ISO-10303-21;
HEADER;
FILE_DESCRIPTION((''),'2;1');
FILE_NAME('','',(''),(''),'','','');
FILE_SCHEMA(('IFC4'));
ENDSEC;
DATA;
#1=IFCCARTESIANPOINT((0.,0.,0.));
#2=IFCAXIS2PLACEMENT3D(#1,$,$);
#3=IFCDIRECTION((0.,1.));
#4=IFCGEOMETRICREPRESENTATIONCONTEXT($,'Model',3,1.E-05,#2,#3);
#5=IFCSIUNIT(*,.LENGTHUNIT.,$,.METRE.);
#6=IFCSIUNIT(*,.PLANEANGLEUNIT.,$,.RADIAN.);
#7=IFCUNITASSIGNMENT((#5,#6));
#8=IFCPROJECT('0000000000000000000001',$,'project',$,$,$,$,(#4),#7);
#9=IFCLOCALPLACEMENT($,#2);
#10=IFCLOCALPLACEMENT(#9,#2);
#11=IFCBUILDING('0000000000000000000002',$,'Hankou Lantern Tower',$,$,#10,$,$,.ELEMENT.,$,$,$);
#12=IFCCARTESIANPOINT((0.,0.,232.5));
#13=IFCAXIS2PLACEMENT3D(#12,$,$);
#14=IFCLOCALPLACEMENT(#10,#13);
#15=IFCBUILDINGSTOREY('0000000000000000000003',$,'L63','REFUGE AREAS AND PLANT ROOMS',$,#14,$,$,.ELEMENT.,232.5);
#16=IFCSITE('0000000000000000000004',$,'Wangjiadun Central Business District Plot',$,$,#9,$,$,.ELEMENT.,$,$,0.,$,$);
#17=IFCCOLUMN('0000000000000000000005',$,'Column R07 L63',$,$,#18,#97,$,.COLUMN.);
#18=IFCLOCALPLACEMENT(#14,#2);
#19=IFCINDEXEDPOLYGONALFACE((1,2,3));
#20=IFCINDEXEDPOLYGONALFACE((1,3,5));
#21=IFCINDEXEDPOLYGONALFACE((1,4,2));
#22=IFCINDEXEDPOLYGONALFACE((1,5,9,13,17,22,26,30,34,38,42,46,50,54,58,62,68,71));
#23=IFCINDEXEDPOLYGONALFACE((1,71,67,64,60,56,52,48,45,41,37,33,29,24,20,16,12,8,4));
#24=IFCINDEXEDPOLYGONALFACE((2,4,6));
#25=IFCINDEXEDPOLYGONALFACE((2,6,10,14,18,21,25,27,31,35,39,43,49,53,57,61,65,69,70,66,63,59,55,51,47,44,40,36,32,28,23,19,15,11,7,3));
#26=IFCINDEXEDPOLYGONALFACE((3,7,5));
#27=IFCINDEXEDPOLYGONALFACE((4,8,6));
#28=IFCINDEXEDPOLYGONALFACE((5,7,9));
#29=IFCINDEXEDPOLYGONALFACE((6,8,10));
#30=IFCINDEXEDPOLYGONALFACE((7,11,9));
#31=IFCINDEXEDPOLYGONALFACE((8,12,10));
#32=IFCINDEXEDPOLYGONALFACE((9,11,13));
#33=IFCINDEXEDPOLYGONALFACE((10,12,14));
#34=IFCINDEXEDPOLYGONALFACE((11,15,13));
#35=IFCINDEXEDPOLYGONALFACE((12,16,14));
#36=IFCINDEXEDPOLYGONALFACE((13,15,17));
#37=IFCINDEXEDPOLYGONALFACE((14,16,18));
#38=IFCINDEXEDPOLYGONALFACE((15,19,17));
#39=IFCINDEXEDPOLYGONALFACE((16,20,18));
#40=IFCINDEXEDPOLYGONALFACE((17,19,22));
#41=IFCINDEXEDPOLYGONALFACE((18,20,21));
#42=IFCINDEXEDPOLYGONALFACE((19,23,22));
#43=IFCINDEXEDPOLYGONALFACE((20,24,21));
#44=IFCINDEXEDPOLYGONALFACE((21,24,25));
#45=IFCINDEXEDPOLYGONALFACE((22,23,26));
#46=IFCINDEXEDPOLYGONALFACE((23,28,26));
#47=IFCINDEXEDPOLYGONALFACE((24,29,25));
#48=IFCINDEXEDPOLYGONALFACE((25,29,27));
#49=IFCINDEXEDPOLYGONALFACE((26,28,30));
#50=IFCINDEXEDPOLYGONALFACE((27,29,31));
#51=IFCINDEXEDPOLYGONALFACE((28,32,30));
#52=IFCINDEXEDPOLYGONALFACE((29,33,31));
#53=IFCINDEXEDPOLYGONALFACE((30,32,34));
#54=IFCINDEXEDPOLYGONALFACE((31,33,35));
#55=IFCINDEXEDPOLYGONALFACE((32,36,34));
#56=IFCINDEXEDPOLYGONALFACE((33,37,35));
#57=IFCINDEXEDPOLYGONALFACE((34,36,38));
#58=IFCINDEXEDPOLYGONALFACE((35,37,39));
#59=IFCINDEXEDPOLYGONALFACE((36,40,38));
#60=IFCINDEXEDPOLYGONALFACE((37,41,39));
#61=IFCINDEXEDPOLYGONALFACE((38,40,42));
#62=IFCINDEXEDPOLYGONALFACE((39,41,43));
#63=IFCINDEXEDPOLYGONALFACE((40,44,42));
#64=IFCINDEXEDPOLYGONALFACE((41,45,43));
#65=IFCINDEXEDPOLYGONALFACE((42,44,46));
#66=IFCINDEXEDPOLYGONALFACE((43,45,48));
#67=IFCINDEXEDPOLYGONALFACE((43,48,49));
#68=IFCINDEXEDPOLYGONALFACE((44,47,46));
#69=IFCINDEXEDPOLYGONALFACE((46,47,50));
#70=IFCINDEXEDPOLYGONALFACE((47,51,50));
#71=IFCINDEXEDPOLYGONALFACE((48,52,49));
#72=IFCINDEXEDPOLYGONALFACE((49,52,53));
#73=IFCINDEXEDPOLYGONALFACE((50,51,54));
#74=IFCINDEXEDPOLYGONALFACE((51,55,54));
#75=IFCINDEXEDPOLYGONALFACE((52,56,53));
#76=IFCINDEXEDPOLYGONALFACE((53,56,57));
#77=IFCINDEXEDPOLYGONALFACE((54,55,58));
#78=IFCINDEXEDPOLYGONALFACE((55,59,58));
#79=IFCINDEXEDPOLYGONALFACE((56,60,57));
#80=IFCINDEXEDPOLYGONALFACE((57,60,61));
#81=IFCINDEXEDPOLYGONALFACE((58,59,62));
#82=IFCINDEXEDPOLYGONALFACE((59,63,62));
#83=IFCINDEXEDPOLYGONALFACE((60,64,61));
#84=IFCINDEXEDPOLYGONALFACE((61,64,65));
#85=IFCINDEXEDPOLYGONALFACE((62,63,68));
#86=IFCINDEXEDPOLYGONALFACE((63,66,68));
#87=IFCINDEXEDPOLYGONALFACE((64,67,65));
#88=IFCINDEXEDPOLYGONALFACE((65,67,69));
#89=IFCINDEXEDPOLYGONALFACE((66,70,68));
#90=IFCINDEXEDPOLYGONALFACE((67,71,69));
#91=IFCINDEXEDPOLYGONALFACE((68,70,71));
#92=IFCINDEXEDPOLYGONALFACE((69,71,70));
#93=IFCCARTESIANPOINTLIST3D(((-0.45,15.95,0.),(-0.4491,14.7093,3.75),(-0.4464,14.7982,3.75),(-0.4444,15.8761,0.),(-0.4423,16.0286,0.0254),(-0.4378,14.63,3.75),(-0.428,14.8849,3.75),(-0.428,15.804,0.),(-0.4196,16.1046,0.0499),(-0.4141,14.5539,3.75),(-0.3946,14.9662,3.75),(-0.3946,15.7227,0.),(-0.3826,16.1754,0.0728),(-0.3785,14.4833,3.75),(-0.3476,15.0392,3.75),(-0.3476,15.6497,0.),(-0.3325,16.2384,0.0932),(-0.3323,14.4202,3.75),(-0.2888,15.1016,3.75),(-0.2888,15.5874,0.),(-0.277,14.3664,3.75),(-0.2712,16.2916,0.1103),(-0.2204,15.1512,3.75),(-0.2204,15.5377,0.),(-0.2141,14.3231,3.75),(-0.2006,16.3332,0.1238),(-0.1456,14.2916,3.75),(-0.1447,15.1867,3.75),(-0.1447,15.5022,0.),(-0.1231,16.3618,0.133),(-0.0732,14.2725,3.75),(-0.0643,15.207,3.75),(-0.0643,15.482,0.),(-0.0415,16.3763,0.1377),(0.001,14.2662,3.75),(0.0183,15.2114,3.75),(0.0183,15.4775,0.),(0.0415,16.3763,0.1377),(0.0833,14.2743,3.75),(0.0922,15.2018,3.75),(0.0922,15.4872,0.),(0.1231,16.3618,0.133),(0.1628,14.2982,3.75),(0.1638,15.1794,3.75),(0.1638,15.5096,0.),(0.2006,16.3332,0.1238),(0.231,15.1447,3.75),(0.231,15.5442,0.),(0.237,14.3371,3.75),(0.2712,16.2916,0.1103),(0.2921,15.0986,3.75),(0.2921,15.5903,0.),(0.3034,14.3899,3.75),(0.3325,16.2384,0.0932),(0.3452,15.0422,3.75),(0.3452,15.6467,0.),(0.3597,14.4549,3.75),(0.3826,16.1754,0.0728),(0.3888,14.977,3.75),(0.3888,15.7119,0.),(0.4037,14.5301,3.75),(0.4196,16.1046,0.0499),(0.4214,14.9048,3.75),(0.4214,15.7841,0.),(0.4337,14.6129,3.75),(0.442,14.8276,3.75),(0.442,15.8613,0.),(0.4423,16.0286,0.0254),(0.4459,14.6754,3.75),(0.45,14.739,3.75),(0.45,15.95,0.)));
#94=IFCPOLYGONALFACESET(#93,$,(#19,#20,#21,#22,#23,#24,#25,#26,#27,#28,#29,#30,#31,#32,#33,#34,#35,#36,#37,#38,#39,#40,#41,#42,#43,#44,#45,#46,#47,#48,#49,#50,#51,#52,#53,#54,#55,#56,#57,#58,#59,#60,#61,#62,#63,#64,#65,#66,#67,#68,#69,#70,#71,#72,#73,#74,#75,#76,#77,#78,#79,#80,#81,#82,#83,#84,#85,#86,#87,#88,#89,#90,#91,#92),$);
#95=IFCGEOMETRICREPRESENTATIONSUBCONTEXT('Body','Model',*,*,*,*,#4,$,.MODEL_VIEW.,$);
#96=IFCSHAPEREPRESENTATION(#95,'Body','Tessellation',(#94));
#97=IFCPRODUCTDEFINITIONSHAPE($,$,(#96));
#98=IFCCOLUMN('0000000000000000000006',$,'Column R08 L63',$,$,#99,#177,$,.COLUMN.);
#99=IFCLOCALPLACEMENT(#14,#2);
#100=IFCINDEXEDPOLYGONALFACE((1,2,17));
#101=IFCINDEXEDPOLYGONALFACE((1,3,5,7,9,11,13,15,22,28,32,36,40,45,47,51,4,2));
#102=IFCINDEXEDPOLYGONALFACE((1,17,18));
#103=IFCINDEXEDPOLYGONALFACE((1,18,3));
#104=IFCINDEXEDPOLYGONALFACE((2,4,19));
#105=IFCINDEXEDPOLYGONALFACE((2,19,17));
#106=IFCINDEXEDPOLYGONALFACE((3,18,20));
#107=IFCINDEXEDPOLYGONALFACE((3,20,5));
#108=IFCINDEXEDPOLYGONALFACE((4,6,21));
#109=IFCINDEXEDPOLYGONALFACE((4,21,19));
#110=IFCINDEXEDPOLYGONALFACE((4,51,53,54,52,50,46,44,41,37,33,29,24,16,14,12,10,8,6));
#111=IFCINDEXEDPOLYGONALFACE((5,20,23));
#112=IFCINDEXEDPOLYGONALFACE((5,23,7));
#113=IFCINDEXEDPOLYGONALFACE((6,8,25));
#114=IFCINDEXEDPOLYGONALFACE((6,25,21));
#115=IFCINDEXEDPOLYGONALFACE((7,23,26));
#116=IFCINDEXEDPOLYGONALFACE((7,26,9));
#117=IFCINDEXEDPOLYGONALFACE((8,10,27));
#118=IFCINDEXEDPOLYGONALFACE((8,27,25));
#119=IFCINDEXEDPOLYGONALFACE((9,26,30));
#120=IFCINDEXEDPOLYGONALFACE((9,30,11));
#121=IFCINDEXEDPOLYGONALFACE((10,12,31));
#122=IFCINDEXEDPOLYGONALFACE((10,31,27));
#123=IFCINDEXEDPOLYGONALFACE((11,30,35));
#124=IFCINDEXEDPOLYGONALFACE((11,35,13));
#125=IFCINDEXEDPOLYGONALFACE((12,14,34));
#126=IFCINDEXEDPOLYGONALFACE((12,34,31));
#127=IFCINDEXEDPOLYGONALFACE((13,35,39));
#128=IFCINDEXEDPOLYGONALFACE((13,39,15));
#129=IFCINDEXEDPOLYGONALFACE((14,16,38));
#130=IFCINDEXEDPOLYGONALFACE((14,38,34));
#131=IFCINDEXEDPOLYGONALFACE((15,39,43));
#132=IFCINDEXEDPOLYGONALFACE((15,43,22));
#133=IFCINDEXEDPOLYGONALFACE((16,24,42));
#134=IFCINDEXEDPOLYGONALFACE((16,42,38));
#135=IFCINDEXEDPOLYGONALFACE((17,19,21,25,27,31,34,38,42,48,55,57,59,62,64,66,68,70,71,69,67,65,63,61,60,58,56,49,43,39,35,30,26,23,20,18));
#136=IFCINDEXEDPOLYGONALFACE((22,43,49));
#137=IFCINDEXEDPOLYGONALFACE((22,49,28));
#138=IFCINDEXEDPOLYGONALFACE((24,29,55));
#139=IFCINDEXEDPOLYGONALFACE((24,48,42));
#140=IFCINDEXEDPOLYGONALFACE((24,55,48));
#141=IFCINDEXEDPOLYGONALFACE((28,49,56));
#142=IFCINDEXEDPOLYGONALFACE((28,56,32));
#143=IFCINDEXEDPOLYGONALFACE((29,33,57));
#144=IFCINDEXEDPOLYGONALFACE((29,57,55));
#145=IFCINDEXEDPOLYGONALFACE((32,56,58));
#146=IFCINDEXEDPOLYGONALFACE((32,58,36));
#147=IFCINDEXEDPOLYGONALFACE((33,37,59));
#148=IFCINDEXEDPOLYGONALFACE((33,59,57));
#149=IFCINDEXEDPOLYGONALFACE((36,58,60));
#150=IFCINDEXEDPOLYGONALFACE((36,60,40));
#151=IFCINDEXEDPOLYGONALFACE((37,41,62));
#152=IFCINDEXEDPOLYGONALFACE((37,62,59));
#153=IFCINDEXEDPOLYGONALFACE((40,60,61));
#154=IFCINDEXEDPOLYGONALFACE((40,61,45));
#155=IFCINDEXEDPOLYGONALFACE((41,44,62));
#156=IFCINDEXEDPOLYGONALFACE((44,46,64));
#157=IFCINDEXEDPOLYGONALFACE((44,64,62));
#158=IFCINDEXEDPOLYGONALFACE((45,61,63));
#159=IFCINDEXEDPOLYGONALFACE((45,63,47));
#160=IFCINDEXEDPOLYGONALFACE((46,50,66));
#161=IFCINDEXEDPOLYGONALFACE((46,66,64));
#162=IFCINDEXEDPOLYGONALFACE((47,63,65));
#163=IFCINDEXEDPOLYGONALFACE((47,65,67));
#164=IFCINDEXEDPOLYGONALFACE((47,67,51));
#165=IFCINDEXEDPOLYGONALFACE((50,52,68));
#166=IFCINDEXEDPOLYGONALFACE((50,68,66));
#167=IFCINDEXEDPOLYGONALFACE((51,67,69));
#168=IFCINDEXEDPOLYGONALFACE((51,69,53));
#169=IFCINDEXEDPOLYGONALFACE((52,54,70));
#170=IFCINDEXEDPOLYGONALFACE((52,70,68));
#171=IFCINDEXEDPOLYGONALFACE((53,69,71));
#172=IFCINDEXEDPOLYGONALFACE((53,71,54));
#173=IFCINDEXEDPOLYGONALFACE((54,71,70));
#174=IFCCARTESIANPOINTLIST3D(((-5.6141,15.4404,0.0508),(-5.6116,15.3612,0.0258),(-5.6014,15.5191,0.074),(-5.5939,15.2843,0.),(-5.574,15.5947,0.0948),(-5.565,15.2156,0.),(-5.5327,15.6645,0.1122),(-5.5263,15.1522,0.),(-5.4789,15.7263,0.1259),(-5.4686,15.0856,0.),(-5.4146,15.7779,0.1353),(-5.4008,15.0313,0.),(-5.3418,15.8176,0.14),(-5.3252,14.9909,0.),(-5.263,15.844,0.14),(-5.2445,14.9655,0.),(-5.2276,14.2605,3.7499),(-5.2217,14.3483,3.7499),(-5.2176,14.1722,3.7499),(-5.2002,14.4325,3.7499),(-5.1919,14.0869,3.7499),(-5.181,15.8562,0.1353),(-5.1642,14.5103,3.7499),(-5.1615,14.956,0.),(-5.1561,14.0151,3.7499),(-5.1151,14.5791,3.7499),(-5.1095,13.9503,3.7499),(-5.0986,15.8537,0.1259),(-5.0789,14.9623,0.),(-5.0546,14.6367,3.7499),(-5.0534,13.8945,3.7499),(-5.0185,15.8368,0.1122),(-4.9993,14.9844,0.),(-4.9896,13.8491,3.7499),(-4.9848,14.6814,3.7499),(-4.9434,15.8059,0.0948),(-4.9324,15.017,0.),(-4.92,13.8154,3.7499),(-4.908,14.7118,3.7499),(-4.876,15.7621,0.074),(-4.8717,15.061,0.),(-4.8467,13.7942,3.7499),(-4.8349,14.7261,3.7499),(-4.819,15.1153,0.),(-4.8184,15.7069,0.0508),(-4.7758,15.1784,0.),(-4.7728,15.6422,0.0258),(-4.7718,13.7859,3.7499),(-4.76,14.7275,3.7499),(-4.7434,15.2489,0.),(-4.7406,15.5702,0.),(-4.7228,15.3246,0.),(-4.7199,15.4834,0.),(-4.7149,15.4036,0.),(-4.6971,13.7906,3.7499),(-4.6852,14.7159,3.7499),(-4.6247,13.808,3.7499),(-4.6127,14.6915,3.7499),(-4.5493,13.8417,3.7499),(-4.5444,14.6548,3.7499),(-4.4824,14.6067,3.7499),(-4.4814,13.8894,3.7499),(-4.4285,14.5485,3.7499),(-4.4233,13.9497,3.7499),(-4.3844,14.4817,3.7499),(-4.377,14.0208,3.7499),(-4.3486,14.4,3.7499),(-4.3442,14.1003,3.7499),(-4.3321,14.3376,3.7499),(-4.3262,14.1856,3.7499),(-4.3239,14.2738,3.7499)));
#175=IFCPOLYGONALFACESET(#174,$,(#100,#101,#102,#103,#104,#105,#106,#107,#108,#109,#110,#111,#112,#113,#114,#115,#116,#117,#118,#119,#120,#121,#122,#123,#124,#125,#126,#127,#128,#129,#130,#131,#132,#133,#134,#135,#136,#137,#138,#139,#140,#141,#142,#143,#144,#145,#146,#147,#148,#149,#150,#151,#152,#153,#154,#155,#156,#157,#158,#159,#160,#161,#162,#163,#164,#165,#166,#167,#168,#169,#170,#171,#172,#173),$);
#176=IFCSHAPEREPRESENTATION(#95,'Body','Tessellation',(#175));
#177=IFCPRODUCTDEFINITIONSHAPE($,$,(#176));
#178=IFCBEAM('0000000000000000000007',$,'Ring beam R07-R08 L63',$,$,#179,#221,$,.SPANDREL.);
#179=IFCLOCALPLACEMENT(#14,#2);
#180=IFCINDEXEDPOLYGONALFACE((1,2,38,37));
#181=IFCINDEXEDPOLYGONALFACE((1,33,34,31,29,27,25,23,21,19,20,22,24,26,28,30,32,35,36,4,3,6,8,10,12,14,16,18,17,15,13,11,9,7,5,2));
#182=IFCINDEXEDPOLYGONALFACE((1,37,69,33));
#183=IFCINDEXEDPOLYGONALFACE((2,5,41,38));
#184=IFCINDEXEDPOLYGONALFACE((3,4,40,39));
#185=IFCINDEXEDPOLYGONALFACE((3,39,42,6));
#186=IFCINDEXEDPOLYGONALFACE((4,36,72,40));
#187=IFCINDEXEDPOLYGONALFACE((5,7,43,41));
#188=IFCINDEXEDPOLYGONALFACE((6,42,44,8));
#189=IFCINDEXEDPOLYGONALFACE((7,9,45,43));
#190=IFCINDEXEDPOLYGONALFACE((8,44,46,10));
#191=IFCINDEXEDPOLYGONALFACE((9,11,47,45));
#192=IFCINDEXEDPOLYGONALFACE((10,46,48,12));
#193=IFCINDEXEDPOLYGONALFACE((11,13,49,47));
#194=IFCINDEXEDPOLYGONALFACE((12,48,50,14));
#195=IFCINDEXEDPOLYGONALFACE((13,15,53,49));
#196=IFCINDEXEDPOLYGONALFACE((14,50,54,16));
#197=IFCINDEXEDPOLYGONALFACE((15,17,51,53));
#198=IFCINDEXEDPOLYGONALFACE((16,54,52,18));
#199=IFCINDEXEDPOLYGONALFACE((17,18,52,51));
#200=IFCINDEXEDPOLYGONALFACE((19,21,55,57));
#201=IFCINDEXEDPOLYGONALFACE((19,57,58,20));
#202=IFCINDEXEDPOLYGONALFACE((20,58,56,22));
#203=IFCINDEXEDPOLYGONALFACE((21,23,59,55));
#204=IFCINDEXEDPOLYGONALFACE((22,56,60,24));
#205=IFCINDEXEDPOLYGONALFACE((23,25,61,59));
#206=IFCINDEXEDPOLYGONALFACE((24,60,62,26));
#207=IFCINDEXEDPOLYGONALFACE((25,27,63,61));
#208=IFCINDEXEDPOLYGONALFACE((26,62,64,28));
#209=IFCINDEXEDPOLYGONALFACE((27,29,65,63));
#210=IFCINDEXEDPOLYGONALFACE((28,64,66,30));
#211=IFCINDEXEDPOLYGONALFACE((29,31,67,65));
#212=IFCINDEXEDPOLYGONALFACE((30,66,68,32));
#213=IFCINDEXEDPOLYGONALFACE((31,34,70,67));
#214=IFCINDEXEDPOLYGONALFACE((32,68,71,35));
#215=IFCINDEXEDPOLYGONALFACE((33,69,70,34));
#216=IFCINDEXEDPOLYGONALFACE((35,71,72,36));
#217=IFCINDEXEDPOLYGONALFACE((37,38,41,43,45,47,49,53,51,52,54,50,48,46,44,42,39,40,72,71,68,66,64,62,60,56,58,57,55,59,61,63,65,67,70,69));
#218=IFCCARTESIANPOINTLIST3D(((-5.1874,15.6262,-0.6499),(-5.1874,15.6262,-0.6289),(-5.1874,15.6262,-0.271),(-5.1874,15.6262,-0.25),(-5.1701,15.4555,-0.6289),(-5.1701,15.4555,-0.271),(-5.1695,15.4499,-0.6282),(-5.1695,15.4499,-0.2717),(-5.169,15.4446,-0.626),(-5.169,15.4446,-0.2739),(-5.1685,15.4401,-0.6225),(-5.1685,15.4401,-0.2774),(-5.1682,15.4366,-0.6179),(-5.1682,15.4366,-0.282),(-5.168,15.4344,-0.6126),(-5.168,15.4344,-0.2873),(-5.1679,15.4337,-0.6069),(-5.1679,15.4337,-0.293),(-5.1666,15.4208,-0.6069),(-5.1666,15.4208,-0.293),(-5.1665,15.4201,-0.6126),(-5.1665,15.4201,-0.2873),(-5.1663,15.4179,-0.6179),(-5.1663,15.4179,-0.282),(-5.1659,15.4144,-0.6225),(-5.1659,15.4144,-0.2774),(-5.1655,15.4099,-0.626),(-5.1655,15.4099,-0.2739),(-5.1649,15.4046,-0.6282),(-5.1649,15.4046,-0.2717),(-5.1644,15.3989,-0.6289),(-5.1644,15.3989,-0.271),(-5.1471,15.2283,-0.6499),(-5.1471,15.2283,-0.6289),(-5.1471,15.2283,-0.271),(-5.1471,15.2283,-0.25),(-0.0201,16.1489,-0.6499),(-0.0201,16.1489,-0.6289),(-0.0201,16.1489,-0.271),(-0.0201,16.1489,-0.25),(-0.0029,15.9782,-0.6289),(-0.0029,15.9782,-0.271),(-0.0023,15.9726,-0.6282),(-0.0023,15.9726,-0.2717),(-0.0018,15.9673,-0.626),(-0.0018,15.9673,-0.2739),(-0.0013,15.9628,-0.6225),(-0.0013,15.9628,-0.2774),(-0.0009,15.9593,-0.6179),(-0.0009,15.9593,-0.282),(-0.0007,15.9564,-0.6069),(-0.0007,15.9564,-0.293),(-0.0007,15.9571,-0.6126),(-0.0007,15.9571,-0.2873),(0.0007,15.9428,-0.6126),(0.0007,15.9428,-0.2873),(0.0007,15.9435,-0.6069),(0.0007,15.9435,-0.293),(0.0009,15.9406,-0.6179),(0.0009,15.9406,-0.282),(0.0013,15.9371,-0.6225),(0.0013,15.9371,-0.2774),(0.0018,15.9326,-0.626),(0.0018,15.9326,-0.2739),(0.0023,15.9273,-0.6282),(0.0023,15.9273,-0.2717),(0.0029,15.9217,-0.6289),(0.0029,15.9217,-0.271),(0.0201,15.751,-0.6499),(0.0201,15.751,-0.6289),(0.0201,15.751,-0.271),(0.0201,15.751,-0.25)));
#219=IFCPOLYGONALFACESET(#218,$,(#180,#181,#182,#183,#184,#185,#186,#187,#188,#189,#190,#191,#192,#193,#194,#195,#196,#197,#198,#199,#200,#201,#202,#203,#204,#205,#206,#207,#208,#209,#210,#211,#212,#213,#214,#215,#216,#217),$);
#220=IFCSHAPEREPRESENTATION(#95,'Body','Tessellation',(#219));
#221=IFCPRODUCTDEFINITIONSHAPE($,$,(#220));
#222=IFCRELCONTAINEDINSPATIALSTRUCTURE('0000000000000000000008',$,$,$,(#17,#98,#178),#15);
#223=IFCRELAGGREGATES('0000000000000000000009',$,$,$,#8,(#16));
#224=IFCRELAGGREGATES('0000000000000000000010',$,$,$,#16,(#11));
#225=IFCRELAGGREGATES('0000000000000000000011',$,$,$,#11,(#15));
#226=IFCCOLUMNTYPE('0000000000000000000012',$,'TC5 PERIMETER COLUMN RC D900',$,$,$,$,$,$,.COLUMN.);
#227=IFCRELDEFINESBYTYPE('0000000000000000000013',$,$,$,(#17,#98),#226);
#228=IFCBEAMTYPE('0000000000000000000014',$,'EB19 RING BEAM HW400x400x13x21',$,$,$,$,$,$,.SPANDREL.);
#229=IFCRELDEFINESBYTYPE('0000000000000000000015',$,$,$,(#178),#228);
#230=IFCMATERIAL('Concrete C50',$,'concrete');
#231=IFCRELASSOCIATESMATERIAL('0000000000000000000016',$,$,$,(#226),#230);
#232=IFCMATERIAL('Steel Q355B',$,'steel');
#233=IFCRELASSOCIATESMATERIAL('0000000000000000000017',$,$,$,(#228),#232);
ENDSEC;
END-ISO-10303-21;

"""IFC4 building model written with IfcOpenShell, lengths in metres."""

from ifc_helpers import new_model, si_unit, direction, frame, origin, origin_2d, place, context, subcontext, project, spatial, circle, i_section, extrude, clip, halfspace, material, material_profile, profile_set, type_object, element, save


model = new_model("IFC4")

# Units and contexts
model_context = context("Model", 3, precision=1e-05, world=origin(), true_north=direction((0.0, 1.0)))
body_context = subcontext(model_context, "Body", "Model", "MODEL_VIEW")
ifc_project = project(units=[si_unit("LENGTHUNIT", "METRE"), si_unit("PLANEANGLEUNIT", "RADIAN")], contexts=[model_context])

# Site, building, storey
site_placement = place(None, origin())
site = spatial("IfcSite", under=ifc_project, at=site_placement, Name="Wangjiadun Central Business District Plot", CompositionType="ELEMENT", RefElevation=0.0)
building_placement = place(site_placement, origin())
building = spatial("IfcBuilding", under=site, at=building_placement, Name="Hankou Lantern Tower", CompositionType="ELEMENT")
storey_placement = place(building_placement, frame((0.0, 0.0, 232.5)))
storey = spatial("IfcBuildingStorey", under=building, at=storey_placement, Name="L63", Description="REFUGE AREAS AND PLANT ROOMS", CompositionType="ELEMENT", Elevation=232.5)

# Columns
ifc_material_1 = material(Name="Concrete C50", Category="concrete")
ifc_material_profile_1 = material_profile(ifc_material_1, circle(Radius=0.45, at=origin_2d()), Name="RC D900")
ifc_profile_set_1 = profile_set([ifc_material_profile_1], Name="Concrete C50")
column_type = type_object("IfcColumnType", Name="TC5 PERIMETER COLUMN RC D900", PredefinedType="COLUMN", material=ifc_profile_set_1)
column_1_placement = place(storey_placement, frame((0.0, 15.95, 0.0), z_axis=(0.0, -0.307298, 0.951613), x_axis=(1.0, 0.0, 0.0)))
element("IfcColumn", 1, at=column_1_placement, inside=storey, type_object=column_type, Name="Column R07 L63", PredefinedType="COLUMN", context=body_context, shape_type="Clipping", body=[
    clip(clip(extrude(circle(Radius=0.45, at=origin_2d()), origin(), (0.0, 0.0, 1.0), 5.0442), halfspace(frame((0.0, 0.0, 0.0), z_axis=(0.0, -0.307298, -0.951613), x_axis=(1.0, 0.0, 0.0)), False)), halfspace(frame((0.0, 0.0, 3.9407), z_axis=(0.0, 0.307298, 0.951613), x_axis=(1.0, 0.0, 0.0)), False)),
])
column_2_placement = place(storey_placement, frame((-5.1672, 15.4272, 0.0), z_axis=(0.099284, -0.296402, 0.949889), x_axis=(0.948219, 0.317618, 0.0)))
element("IfcColumn", 2, at=column_2_placement, inside=storey, type_object=column_type, Name="Column R08 L63", PredefinedType="COLUMN", context=body_context, shape_type="Clipping", body=[
    clip(clip(extrude(circle(Radius=0.45, at=origin_2d()), origin(), (0.0, 0.0, 1.0), 5.0532), halfspace(frame((0.0, 0.0, 0.0), z_axis=(0.0, -0.312589, -0.949889), x_axis=(0.948219, -0.301702, 0.099284)), False)), halfspace(frame((0.0, 0.0, 3.9478), z_axis=(0.0, 0.312589, 0.949889), x_axis=(0.948219, -0.301702, 0.099284)), False)),
])

# Beam
ifc_material_2 = material(Name="Steel Q355B", Category="steel")
ifc_material_profile_2 = material_profile(ifc_material_2, i_section(OverallWidth=0.3999, OverallDepth=0.3999, WebThickness=0.0129, FlangeThickness=0.021, FilletRadius=0.022, at=origin_2d()), Name="HW400x400x13x21")
ifc_profile_set_2 = profile_set([ifc_material_profile_2], Name="Steel Q355B")
beam_type_1 = type_object("IfcBeamType", Name="EB19 RING BEAM HW400x400x13x21", PredefinedType="SPANDREL", material=ifc_profile_set_2)
beam_1_placement = place(storey_placement, frame((0.0, 15.95, -0.45), z_axis=(-0.994923, -0.100644, 0.0), x_axis=(0.100644, -0.994923, 0.0)))
element("IfcBeam", 3, at=beam_1_placement, inside=storey, type_object=beam_type_1, Name="Ring beam R07-R08 L63", PredefinedType="SPANDREL", context=body_context, shape_type="SweptSolid", body=[
    extrude(i_section(OverallWidth=0.3999, OverallDepth=0.3999, WebThickness=0.0129, FlangeThickness=0.021, FilletRadius=0.022, at=origin_2d()), origin(), (0.0, 0.0, 1.0), 5.1936),
])

save(model, "model.ifc")
